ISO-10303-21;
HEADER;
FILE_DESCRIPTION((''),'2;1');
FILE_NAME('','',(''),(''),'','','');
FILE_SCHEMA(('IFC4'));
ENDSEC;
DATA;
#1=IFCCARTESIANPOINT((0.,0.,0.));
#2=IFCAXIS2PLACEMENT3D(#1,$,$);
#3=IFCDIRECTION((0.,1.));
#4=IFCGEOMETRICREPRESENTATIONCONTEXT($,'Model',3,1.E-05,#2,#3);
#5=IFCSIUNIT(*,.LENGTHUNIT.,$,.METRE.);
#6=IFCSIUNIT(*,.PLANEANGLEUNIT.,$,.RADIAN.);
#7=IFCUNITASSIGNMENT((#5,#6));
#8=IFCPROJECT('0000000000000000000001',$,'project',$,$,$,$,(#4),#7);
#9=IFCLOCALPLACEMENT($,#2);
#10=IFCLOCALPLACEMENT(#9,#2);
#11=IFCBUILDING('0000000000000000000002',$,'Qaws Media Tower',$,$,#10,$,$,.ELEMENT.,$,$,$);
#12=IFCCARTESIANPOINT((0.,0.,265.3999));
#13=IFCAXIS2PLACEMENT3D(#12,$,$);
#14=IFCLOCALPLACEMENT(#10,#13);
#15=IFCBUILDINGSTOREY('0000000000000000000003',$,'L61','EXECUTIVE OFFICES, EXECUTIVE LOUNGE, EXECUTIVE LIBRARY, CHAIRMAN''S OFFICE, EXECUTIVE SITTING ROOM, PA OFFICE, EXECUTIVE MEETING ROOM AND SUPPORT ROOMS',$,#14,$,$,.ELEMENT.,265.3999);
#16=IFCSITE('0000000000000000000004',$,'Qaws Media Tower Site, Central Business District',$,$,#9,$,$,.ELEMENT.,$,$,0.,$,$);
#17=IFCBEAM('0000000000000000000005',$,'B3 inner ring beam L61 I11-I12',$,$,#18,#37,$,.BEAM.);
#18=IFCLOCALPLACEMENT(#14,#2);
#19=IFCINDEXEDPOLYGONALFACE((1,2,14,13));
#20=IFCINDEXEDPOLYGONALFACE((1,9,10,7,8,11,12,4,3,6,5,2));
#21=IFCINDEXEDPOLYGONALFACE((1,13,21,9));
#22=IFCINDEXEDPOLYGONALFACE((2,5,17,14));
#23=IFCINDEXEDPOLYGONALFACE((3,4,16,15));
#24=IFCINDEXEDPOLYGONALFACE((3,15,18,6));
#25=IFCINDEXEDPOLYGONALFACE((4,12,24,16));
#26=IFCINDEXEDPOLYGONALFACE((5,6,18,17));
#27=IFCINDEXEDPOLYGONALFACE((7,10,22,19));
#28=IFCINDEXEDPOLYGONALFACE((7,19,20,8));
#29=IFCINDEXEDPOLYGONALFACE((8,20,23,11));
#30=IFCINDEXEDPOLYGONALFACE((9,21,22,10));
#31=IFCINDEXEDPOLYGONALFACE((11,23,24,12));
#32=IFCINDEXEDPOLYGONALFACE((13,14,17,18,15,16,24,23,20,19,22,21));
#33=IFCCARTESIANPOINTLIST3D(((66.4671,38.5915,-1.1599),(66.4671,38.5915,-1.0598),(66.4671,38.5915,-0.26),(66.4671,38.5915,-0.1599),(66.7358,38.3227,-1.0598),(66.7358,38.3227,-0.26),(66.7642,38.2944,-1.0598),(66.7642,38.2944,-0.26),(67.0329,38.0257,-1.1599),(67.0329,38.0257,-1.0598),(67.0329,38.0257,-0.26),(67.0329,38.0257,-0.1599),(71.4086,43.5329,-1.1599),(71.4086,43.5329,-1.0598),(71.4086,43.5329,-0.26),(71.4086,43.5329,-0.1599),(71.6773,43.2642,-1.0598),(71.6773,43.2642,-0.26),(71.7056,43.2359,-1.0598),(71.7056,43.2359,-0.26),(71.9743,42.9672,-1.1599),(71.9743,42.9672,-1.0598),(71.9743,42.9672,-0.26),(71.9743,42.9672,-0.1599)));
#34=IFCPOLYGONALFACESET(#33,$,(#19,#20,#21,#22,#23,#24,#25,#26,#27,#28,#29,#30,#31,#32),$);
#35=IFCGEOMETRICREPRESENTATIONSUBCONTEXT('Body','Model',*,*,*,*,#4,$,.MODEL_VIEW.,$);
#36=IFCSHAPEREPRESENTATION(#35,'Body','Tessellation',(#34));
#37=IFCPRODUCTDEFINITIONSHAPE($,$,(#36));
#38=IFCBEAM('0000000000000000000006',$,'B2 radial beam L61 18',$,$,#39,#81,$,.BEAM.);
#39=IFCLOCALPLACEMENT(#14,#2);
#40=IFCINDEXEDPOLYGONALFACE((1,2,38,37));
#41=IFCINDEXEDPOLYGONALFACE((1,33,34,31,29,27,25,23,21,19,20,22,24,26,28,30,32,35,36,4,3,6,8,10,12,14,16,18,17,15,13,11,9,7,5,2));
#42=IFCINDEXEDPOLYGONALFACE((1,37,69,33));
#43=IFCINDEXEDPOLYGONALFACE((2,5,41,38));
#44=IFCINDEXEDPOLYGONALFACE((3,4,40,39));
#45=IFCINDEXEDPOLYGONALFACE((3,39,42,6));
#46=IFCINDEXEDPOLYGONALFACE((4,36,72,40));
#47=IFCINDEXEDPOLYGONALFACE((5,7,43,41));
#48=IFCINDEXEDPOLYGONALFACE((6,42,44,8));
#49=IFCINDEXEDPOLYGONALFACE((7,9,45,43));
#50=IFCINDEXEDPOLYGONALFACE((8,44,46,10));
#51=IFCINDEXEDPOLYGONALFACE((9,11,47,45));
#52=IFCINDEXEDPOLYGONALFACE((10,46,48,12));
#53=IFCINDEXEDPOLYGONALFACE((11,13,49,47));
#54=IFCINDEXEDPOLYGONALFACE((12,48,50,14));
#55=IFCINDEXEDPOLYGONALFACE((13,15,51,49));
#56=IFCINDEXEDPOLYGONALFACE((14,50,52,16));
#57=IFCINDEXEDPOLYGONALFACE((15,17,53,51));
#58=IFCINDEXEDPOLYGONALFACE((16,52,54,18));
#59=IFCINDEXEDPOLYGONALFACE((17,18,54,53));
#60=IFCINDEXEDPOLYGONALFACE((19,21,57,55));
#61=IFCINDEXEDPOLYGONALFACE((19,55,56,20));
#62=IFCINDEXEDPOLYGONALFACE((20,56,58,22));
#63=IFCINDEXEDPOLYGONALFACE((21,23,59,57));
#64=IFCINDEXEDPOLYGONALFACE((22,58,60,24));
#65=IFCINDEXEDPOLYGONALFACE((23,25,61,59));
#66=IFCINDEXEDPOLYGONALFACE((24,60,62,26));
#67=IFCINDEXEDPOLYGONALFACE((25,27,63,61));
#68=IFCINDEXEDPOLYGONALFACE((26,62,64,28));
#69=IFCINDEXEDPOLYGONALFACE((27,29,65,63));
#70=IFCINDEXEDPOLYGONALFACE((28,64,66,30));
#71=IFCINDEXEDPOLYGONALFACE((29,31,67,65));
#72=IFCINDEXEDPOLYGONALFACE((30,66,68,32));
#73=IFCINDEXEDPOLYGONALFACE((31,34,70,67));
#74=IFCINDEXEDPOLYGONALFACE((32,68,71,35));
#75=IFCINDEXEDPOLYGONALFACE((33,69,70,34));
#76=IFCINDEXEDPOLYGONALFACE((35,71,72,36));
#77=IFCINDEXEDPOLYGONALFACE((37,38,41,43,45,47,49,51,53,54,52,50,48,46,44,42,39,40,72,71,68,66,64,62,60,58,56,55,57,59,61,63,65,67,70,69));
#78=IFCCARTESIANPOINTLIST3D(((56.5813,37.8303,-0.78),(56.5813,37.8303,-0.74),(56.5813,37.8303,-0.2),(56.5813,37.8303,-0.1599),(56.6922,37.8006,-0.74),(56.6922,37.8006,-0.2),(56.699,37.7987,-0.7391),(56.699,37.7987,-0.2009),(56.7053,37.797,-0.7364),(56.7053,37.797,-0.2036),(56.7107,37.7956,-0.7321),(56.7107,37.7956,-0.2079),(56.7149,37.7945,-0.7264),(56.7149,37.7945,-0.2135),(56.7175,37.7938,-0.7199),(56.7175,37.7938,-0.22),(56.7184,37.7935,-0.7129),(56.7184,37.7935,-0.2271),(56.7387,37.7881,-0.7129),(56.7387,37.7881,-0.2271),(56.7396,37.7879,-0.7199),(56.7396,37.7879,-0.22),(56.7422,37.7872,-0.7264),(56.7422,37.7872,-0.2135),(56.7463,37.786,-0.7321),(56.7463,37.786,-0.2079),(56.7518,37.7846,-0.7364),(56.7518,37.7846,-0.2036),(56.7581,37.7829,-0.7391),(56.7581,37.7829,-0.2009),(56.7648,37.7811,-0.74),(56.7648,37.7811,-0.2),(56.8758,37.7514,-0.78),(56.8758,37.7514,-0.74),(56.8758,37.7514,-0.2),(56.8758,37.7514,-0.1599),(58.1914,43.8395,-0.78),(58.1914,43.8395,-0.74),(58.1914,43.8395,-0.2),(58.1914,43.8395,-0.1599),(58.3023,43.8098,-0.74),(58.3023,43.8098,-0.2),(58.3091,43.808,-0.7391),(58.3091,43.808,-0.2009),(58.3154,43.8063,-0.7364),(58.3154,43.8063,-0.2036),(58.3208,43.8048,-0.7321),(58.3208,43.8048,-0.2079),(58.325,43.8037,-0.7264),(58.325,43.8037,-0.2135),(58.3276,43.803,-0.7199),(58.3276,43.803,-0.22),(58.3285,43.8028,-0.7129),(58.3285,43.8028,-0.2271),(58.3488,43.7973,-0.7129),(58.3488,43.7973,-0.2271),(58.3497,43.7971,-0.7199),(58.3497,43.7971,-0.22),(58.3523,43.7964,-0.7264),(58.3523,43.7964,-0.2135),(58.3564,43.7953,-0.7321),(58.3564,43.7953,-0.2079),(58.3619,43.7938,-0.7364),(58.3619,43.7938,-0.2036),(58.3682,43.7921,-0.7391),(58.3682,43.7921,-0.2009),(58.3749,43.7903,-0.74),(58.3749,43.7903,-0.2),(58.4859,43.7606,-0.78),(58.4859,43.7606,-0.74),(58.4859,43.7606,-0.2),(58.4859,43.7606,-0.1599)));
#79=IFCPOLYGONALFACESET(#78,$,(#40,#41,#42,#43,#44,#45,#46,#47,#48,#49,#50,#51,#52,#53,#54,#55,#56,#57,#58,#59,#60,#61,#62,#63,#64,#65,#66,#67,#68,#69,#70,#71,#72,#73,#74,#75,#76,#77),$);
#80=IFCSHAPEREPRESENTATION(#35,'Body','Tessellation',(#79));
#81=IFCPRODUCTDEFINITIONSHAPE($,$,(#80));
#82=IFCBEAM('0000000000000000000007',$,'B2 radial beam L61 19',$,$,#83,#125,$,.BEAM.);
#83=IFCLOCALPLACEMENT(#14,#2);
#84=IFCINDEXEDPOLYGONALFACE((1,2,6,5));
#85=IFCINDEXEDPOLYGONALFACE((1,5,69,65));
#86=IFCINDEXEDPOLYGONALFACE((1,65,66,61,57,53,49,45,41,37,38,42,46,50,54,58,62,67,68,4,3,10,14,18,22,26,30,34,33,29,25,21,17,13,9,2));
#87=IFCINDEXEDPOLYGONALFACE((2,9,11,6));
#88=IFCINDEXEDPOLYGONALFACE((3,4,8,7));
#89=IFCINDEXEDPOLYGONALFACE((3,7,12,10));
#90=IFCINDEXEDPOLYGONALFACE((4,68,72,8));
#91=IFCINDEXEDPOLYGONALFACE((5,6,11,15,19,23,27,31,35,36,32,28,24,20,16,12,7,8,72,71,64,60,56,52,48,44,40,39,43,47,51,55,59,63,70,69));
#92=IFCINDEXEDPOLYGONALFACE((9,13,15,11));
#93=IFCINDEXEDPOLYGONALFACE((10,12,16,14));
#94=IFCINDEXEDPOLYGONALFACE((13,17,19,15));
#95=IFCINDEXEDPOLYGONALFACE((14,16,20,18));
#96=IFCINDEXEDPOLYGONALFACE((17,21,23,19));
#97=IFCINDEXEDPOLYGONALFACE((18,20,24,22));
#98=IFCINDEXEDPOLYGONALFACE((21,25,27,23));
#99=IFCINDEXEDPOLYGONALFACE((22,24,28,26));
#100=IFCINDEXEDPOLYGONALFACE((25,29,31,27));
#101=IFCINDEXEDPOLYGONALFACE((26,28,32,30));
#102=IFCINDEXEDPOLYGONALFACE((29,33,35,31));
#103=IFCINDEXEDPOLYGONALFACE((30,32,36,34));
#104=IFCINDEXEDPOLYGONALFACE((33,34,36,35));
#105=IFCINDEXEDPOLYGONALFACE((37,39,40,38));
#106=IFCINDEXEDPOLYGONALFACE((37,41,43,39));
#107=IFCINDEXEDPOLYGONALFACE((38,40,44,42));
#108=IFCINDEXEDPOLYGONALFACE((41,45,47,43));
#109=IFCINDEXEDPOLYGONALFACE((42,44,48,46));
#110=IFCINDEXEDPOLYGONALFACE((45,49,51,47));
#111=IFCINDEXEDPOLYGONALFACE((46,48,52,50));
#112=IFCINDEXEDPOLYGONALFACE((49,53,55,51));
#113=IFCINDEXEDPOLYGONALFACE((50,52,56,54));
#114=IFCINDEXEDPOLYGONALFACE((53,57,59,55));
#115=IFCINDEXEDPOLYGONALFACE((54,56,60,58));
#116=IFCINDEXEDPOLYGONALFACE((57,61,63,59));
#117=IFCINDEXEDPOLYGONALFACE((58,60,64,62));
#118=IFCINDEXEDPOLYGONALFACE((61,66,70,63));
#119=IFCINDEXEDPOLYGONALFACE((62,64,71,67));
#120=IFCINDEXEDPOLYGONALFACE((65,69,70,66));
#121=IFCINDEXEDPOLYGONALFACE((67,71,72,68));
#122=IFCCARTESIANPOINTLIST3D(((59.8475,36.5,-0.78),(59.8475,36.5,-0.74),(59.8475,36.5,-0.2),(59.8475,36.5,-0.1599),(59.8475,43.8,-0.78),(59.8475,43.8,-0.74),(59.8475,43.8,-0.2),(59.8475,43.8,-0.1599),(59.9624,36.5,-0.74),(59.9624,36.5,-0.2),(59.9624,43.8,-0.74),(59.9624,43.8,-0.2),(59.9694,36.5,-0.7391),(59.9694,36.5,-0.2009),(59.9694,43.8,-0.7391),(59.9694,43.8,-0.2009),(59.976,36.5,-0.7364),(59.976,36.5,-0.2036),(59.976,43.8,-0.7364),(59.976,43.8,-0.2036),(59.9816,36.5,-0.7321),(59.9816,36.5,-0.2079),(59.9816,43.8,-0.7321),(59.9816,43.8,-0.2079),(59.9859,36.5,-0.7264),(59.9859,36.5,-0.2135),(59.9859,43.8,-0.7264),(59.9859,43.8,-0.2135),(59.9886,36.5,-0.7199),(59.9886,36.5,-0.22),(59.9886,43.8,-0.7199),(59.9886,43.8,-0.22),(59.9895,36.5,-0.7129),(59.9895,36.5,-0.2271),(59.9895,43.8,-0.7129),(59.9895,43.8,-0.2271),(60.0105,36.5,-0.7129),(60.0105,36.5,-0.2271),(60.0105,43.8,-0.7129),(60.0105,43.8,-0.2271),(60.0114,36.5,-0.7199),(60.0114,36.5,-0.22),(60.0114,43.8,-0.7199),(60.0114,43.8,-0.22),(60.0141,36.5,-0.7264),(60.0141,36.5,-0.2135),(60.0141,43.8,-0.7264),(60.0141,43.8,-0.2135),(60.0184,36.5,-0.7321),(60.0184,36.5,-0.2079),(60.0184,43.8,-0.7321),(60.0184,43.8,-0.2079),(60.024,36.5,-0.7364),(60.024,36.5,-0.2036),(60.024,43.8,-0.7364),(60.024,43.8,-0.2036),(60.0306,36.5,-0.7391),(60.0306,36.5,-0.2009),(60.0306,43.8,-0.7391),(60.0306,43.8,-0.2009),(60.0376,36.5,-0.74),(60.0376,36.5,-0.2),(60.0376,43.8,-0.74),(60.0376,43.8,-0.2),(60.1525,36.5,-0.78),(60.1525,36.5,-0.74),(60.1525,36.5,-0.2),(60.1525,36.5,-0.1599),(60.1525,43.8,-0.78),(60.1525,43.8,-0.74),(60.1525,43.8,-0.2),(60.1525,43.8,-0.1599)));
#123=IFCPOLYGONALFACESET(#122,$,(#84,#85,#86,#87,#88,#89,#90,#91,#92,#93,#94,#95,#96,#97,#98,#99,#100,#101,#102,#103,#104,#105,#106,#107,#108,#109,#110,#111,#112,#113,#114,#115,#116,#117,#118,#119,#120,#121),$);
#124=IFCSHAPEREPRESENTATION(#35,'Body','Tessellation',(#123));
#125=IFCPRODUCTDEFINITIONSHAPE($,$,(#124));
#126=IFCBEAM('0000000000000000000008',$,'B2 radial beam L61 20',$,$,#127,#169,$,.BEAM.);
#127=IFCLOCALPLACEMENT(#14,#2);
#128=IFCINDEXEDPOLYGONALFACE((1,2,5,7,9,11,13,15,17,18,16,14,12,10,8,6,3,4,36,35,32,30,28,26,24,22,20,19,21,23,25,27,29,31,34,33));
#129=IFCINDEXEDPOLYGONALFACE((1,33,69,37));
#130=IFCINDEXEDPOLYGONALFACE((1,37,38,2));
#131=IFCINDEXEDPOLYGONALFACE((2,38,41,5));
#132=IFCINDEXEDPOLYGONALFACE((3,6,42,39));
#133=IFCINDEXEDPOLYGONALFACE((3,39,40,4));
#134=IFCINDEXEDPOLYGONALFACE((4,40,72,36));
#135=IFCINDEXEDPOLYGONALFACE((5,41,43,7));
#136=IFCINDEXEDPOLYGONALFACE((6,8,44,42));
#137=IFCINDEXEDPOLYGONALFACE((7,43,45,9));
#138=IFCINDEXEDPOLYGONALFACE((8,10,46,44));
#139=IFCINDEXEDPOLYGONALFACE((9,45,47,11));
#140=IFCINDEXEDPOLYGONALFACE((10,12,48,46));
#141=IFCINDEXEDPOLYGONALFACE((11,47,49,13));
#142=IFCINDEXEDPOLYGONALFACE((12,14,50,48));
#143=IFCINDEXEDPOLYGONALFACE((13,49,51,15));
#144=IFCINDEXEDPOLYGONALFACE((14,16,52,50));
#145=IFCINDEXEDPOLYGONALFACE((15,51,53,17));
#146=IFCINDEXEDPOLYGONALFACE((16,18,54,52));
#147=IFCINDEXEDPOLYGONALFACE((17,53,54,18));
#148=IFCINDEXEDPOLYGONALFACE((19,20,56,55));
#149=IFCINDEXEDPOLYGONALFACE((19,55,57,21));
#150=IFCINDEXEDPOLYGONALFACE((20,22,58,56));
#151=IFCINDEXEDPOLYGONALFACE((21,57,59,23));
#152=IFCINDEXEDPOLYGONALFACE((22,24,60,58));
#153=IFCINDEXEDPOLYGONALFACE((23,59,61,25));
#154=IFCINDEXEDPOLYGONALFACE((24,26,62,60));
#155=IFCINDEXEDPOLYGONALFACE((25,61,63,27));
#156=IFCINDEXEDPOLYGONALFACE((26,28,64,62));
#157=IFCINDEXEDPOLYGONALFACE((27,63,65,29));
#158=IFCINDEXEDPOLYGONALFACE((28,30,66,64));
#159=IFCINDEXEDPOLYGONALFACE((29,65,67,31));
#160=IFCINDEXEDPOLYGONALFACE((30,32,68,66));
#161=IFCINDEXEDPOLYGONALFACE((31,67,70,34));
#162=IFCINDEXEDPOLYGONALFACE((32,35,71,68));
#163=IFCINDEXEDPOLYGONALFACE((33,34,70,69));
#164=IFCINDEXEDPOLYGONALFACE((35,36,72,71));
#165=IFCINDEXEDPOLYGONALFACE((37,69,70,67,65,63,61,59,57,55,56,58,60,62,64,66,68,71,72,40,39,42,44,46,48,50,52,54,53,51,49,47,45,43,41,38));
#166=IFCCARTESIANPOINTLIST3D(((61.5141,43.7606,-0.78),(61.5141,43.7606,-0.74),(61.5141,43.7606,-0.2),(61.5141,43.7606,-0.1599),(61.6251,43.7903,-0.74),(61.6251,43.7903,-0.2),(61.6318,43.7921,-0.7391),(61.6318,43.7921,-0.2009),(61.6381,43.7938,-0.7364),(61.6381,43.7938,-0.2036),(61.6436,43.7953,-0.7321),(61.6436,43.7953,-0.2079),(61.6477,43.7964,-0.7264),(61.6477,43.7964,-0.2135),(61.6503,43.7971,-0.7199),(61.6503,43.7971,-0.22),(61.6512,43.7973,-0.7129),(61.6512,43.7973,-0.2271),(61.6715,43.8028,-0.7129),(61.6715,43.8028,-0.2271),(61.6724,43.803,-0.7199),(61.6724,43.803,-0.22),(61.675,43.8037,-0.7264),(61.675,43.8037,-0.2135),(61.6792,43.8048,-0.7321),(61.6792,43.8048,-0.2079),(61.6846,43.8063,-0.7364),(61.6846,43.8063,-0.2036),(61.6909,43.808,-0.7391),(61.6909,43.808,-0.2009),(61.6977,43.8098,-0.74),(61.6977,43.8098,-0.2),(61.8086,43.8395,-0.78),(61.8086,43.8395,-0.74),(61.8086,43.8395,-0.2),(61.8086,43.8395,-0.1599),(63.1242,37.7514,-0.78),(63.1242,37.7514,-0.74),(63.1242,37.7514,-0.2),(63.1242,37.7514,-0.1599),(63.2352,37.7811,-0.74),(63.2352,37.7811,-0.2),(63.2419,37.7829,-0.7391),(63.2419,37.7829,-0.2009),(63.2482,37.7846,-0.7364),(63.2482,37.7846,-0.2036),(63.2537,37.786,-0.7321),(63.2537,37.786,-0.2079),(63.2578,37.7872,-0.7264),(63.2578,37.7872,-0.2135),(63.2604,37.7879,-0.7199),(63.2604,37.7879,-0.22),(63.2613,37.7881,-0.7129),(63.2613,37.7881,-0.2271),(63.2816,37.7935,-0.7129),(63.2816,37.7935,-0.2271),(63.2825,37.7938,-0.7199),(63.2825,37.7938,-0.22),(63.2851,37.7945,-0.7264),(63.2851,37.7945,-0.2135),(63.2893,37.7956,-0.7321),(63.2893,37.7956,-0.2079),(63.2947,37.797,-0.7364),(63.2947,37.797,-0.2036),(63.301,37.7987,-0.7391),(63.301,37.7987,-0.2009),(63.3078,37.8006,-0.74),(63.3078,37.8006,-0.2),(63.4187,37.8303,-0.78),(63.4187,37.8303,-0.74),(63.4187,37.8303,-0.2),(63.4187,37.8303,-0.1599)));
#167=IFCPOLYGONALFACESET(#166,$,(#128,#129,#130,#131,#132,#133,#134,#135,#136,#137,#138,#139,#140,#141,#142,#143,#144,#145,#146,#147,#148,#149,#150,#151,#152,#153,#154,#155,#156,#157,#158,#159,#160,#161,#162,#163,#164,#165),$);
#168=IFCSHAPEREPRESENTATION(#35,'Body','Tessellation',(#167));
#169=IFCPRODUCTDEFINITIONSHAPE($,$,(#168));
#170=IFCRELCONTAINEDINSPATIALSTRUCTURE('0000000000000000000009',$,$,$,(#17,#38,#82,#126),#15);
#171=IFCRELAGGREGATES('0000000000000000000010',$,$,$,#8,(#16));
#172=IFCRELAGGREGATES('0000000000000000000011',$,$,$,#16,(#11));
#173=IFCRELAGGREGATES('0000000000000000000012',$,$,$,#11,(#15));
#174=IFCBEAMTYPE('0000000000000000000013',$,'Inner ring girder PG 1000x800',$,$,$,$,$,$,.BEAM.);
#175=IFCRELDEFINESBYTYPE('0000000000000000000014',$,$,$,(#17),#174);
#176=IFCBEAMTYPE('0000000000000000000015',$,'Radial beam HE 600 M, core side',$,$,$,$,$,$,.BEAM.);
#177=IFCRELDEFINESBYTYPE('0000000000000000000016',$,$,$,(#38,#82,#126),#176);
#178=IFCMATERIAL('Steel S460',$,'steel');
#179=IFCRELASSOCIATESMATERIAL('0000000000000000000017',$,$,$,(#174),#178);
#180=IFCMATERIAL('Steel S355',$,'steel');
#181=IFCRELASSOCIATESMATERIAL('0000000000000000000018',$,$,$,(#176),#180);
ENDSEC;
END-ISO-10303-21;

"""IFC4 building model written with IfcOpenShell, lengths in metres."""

from ifc_helpers import new_model, si_unit, direction, frame, origin, origin_2d, place, context, subcontext, project, spatial, i_section, extrude, material, material_profile, profile_set, type_object, element, save


model = new_model("IFC4")

# Units and contexts
model_context = context("Model", 3, precision=1e-05, world=origin(), true_north=direction((0.0, 1.0)))
body_context = subcontext(model_context, "Body", "Model", "MODEL_VIEW")
ifc_project = project(units=[si_unit("LENGTHUNIT", "METRE"), si_unit("PLANEANGLEUNIT", "RADIAN")], contexts=[model_context])

# Site, building, storey
site_placement = place(None, origin())
site = spatial("IfcSite", under=ifc_project, at=site_placement, Name="Qaws Media Tower Site, Central Business District", CompositionType="ELEMENT", RefElevation=0.0)
building_placement = place(site_placement, origin())
building = spatial("IfcBuilding", under=site, at=building_placement, Name="Qaws Media Tower", CompositionType="ELEMENT")
storey_placement = place(building_placement, frame((0.0, 0.0, 265.3999)))
storey = spatial("IfcBuildingStorey", under=building, at=storey_placement, Name="L61", Description="EXECUTIVE OFFICES, EXECUTIVE LOUNGE, EXECUTIVE LIBRARY, CHAIRMAN'S OFFICE, EXECUTIVE SITTING ROOM, PA OFFICE, EXECUTIVE MEETING ROOM AND SUPPORT ROOMS", CompositionType="ELEMENT", Elevation=265.3999)

# Beams
ifc_material_1 = material(Name="Steel S460", Category="steel")
ifc_material_profile_1 = material_profile(ifc_material_1, i_section(OverallWidth=0.8, OverallDepth=1.0, WebThickness=0.04, FlangeThickness=0.1001, at=origin_2d()), Name="PG 1000x800")
ifc_profile_set_1 = profile_set([ifc_material_profile_1], Name="Steel S460")
beam_type_1 = type_object("IfcBeamType", Name="Inner ring girder PG 1000x800", PredefinedType="BEAM", material=ifc_profile_set_1)
beam_1_placement = place(storey_placement, frame((66.75, 38.3086, -0.6599), z_axis=(0.707107, 0.707107, 0.0), x_axis=(-0.707107, 0.707107, 0.0)))
element("IfcBeam", 1, at=beam_1_placement, inside=storey, type_object=beam_type_1, Name="B3 inner ring beam L61 I11-I12", PredefinedType="BEAM", context=body_context, shape_type="SweptSolid", body=[
    extrude(i_section(OverallWidth=0.8, OverallDepth=1.0, WebThickness=0.04, FlangeThickness=0.1001, at=origin_2d()), origin(), (0.0, 0.0, 1.0), 6.9883),
])
ifc_material_2 = material(Name="Steel S355", Category="steel")
ifc_material_profile_2 = material_profile(ifc_material_2, i_section(OverallWidth=0.3049, OverallDepth=0.6201, WebThickness=0.021, FlangeThickness=0.04, FilletRadius=0.0271, at=origin_2d()), Name="HE 600 M")
ifc_profile_set_2 = profile_set([ifc_material_profile_2], Name="Steel S355")
beam_type_2 = type_object("IfcBeamType", Name="Radial beam HE 600 M, core side", PredefinedType="BEAM", material=ifc_profile_set_2)
beam_2_placement = place(storey_placement, frame((58.3386, 43.8, -0.47), z_axis=(-0.258808, -0.965929, 0.0), x_axis=(0.965929, -0.258808, 0.0)))
element("IfcBeam", 2, at=beam_2_placement, inside=storey, type_object=beam_type_2, Name="B2 radial beam L61 18", PredefinedType="BEAM", context=body_context, shape_type="SweptSolid", body=[
    extrude(i_section(OverallWidth=0.3049, OverallDepth=0.6201, WebThickness=0.021, FlangeThickness=0.04, FilletRadius=0.0271, at=origin_2d()), origin(), (0.0, 0.0, 1.0), 6.2212),
])
beam_3_placement = place(storey_placement, frame((60.0, 43.8, -0.47), z_axis=(0.0, -1.0, 0.0), x_axis=(1.0, 0.0, 0.0)))
element("IfcBeam", 3, at=beam_3_placement, inside=storey, type_object=beam_type_2, Name="B2 radial beam L61 19", PredefinedType="BEAM", context=body_context, shape_type="SweptSolid", body=[
    extrude(i_section(OverallWidth=0.3049, OverallDepth=0.6201, WebThickness=0.021, FlangeThickness=0.04, FilletRadius=0.0271, at=origin_2d()), origin(), (0.0, 0.0, 1.0), 7.3),
])
beam_4_placement = place(storey_placement, frame((61.6614, 43.8, -0.47), z_axis=(0.258808, -0.965929, 0.0), x_axis=(0.965929, 0.258808, 0.0)))
element("IfcBeam", 4, at=beam_4_placement, inside=storey, type_object=beam_type_2, Name="B2 radial beam L61 20", PredefinedType="BEAM", context=body_context, shape_type="SweptSolid", body=[
    extrude(i_section(OverallWidth=0.3049, OverallDepth=0.6201, WebThickness=0.021, FlangeThickness=0.04, FilletRadius=0.0271, at=origin_2d()), origin(), (0.0, 0.0, 1.0), 6.2212),
])

save(model, "model.ifc")
